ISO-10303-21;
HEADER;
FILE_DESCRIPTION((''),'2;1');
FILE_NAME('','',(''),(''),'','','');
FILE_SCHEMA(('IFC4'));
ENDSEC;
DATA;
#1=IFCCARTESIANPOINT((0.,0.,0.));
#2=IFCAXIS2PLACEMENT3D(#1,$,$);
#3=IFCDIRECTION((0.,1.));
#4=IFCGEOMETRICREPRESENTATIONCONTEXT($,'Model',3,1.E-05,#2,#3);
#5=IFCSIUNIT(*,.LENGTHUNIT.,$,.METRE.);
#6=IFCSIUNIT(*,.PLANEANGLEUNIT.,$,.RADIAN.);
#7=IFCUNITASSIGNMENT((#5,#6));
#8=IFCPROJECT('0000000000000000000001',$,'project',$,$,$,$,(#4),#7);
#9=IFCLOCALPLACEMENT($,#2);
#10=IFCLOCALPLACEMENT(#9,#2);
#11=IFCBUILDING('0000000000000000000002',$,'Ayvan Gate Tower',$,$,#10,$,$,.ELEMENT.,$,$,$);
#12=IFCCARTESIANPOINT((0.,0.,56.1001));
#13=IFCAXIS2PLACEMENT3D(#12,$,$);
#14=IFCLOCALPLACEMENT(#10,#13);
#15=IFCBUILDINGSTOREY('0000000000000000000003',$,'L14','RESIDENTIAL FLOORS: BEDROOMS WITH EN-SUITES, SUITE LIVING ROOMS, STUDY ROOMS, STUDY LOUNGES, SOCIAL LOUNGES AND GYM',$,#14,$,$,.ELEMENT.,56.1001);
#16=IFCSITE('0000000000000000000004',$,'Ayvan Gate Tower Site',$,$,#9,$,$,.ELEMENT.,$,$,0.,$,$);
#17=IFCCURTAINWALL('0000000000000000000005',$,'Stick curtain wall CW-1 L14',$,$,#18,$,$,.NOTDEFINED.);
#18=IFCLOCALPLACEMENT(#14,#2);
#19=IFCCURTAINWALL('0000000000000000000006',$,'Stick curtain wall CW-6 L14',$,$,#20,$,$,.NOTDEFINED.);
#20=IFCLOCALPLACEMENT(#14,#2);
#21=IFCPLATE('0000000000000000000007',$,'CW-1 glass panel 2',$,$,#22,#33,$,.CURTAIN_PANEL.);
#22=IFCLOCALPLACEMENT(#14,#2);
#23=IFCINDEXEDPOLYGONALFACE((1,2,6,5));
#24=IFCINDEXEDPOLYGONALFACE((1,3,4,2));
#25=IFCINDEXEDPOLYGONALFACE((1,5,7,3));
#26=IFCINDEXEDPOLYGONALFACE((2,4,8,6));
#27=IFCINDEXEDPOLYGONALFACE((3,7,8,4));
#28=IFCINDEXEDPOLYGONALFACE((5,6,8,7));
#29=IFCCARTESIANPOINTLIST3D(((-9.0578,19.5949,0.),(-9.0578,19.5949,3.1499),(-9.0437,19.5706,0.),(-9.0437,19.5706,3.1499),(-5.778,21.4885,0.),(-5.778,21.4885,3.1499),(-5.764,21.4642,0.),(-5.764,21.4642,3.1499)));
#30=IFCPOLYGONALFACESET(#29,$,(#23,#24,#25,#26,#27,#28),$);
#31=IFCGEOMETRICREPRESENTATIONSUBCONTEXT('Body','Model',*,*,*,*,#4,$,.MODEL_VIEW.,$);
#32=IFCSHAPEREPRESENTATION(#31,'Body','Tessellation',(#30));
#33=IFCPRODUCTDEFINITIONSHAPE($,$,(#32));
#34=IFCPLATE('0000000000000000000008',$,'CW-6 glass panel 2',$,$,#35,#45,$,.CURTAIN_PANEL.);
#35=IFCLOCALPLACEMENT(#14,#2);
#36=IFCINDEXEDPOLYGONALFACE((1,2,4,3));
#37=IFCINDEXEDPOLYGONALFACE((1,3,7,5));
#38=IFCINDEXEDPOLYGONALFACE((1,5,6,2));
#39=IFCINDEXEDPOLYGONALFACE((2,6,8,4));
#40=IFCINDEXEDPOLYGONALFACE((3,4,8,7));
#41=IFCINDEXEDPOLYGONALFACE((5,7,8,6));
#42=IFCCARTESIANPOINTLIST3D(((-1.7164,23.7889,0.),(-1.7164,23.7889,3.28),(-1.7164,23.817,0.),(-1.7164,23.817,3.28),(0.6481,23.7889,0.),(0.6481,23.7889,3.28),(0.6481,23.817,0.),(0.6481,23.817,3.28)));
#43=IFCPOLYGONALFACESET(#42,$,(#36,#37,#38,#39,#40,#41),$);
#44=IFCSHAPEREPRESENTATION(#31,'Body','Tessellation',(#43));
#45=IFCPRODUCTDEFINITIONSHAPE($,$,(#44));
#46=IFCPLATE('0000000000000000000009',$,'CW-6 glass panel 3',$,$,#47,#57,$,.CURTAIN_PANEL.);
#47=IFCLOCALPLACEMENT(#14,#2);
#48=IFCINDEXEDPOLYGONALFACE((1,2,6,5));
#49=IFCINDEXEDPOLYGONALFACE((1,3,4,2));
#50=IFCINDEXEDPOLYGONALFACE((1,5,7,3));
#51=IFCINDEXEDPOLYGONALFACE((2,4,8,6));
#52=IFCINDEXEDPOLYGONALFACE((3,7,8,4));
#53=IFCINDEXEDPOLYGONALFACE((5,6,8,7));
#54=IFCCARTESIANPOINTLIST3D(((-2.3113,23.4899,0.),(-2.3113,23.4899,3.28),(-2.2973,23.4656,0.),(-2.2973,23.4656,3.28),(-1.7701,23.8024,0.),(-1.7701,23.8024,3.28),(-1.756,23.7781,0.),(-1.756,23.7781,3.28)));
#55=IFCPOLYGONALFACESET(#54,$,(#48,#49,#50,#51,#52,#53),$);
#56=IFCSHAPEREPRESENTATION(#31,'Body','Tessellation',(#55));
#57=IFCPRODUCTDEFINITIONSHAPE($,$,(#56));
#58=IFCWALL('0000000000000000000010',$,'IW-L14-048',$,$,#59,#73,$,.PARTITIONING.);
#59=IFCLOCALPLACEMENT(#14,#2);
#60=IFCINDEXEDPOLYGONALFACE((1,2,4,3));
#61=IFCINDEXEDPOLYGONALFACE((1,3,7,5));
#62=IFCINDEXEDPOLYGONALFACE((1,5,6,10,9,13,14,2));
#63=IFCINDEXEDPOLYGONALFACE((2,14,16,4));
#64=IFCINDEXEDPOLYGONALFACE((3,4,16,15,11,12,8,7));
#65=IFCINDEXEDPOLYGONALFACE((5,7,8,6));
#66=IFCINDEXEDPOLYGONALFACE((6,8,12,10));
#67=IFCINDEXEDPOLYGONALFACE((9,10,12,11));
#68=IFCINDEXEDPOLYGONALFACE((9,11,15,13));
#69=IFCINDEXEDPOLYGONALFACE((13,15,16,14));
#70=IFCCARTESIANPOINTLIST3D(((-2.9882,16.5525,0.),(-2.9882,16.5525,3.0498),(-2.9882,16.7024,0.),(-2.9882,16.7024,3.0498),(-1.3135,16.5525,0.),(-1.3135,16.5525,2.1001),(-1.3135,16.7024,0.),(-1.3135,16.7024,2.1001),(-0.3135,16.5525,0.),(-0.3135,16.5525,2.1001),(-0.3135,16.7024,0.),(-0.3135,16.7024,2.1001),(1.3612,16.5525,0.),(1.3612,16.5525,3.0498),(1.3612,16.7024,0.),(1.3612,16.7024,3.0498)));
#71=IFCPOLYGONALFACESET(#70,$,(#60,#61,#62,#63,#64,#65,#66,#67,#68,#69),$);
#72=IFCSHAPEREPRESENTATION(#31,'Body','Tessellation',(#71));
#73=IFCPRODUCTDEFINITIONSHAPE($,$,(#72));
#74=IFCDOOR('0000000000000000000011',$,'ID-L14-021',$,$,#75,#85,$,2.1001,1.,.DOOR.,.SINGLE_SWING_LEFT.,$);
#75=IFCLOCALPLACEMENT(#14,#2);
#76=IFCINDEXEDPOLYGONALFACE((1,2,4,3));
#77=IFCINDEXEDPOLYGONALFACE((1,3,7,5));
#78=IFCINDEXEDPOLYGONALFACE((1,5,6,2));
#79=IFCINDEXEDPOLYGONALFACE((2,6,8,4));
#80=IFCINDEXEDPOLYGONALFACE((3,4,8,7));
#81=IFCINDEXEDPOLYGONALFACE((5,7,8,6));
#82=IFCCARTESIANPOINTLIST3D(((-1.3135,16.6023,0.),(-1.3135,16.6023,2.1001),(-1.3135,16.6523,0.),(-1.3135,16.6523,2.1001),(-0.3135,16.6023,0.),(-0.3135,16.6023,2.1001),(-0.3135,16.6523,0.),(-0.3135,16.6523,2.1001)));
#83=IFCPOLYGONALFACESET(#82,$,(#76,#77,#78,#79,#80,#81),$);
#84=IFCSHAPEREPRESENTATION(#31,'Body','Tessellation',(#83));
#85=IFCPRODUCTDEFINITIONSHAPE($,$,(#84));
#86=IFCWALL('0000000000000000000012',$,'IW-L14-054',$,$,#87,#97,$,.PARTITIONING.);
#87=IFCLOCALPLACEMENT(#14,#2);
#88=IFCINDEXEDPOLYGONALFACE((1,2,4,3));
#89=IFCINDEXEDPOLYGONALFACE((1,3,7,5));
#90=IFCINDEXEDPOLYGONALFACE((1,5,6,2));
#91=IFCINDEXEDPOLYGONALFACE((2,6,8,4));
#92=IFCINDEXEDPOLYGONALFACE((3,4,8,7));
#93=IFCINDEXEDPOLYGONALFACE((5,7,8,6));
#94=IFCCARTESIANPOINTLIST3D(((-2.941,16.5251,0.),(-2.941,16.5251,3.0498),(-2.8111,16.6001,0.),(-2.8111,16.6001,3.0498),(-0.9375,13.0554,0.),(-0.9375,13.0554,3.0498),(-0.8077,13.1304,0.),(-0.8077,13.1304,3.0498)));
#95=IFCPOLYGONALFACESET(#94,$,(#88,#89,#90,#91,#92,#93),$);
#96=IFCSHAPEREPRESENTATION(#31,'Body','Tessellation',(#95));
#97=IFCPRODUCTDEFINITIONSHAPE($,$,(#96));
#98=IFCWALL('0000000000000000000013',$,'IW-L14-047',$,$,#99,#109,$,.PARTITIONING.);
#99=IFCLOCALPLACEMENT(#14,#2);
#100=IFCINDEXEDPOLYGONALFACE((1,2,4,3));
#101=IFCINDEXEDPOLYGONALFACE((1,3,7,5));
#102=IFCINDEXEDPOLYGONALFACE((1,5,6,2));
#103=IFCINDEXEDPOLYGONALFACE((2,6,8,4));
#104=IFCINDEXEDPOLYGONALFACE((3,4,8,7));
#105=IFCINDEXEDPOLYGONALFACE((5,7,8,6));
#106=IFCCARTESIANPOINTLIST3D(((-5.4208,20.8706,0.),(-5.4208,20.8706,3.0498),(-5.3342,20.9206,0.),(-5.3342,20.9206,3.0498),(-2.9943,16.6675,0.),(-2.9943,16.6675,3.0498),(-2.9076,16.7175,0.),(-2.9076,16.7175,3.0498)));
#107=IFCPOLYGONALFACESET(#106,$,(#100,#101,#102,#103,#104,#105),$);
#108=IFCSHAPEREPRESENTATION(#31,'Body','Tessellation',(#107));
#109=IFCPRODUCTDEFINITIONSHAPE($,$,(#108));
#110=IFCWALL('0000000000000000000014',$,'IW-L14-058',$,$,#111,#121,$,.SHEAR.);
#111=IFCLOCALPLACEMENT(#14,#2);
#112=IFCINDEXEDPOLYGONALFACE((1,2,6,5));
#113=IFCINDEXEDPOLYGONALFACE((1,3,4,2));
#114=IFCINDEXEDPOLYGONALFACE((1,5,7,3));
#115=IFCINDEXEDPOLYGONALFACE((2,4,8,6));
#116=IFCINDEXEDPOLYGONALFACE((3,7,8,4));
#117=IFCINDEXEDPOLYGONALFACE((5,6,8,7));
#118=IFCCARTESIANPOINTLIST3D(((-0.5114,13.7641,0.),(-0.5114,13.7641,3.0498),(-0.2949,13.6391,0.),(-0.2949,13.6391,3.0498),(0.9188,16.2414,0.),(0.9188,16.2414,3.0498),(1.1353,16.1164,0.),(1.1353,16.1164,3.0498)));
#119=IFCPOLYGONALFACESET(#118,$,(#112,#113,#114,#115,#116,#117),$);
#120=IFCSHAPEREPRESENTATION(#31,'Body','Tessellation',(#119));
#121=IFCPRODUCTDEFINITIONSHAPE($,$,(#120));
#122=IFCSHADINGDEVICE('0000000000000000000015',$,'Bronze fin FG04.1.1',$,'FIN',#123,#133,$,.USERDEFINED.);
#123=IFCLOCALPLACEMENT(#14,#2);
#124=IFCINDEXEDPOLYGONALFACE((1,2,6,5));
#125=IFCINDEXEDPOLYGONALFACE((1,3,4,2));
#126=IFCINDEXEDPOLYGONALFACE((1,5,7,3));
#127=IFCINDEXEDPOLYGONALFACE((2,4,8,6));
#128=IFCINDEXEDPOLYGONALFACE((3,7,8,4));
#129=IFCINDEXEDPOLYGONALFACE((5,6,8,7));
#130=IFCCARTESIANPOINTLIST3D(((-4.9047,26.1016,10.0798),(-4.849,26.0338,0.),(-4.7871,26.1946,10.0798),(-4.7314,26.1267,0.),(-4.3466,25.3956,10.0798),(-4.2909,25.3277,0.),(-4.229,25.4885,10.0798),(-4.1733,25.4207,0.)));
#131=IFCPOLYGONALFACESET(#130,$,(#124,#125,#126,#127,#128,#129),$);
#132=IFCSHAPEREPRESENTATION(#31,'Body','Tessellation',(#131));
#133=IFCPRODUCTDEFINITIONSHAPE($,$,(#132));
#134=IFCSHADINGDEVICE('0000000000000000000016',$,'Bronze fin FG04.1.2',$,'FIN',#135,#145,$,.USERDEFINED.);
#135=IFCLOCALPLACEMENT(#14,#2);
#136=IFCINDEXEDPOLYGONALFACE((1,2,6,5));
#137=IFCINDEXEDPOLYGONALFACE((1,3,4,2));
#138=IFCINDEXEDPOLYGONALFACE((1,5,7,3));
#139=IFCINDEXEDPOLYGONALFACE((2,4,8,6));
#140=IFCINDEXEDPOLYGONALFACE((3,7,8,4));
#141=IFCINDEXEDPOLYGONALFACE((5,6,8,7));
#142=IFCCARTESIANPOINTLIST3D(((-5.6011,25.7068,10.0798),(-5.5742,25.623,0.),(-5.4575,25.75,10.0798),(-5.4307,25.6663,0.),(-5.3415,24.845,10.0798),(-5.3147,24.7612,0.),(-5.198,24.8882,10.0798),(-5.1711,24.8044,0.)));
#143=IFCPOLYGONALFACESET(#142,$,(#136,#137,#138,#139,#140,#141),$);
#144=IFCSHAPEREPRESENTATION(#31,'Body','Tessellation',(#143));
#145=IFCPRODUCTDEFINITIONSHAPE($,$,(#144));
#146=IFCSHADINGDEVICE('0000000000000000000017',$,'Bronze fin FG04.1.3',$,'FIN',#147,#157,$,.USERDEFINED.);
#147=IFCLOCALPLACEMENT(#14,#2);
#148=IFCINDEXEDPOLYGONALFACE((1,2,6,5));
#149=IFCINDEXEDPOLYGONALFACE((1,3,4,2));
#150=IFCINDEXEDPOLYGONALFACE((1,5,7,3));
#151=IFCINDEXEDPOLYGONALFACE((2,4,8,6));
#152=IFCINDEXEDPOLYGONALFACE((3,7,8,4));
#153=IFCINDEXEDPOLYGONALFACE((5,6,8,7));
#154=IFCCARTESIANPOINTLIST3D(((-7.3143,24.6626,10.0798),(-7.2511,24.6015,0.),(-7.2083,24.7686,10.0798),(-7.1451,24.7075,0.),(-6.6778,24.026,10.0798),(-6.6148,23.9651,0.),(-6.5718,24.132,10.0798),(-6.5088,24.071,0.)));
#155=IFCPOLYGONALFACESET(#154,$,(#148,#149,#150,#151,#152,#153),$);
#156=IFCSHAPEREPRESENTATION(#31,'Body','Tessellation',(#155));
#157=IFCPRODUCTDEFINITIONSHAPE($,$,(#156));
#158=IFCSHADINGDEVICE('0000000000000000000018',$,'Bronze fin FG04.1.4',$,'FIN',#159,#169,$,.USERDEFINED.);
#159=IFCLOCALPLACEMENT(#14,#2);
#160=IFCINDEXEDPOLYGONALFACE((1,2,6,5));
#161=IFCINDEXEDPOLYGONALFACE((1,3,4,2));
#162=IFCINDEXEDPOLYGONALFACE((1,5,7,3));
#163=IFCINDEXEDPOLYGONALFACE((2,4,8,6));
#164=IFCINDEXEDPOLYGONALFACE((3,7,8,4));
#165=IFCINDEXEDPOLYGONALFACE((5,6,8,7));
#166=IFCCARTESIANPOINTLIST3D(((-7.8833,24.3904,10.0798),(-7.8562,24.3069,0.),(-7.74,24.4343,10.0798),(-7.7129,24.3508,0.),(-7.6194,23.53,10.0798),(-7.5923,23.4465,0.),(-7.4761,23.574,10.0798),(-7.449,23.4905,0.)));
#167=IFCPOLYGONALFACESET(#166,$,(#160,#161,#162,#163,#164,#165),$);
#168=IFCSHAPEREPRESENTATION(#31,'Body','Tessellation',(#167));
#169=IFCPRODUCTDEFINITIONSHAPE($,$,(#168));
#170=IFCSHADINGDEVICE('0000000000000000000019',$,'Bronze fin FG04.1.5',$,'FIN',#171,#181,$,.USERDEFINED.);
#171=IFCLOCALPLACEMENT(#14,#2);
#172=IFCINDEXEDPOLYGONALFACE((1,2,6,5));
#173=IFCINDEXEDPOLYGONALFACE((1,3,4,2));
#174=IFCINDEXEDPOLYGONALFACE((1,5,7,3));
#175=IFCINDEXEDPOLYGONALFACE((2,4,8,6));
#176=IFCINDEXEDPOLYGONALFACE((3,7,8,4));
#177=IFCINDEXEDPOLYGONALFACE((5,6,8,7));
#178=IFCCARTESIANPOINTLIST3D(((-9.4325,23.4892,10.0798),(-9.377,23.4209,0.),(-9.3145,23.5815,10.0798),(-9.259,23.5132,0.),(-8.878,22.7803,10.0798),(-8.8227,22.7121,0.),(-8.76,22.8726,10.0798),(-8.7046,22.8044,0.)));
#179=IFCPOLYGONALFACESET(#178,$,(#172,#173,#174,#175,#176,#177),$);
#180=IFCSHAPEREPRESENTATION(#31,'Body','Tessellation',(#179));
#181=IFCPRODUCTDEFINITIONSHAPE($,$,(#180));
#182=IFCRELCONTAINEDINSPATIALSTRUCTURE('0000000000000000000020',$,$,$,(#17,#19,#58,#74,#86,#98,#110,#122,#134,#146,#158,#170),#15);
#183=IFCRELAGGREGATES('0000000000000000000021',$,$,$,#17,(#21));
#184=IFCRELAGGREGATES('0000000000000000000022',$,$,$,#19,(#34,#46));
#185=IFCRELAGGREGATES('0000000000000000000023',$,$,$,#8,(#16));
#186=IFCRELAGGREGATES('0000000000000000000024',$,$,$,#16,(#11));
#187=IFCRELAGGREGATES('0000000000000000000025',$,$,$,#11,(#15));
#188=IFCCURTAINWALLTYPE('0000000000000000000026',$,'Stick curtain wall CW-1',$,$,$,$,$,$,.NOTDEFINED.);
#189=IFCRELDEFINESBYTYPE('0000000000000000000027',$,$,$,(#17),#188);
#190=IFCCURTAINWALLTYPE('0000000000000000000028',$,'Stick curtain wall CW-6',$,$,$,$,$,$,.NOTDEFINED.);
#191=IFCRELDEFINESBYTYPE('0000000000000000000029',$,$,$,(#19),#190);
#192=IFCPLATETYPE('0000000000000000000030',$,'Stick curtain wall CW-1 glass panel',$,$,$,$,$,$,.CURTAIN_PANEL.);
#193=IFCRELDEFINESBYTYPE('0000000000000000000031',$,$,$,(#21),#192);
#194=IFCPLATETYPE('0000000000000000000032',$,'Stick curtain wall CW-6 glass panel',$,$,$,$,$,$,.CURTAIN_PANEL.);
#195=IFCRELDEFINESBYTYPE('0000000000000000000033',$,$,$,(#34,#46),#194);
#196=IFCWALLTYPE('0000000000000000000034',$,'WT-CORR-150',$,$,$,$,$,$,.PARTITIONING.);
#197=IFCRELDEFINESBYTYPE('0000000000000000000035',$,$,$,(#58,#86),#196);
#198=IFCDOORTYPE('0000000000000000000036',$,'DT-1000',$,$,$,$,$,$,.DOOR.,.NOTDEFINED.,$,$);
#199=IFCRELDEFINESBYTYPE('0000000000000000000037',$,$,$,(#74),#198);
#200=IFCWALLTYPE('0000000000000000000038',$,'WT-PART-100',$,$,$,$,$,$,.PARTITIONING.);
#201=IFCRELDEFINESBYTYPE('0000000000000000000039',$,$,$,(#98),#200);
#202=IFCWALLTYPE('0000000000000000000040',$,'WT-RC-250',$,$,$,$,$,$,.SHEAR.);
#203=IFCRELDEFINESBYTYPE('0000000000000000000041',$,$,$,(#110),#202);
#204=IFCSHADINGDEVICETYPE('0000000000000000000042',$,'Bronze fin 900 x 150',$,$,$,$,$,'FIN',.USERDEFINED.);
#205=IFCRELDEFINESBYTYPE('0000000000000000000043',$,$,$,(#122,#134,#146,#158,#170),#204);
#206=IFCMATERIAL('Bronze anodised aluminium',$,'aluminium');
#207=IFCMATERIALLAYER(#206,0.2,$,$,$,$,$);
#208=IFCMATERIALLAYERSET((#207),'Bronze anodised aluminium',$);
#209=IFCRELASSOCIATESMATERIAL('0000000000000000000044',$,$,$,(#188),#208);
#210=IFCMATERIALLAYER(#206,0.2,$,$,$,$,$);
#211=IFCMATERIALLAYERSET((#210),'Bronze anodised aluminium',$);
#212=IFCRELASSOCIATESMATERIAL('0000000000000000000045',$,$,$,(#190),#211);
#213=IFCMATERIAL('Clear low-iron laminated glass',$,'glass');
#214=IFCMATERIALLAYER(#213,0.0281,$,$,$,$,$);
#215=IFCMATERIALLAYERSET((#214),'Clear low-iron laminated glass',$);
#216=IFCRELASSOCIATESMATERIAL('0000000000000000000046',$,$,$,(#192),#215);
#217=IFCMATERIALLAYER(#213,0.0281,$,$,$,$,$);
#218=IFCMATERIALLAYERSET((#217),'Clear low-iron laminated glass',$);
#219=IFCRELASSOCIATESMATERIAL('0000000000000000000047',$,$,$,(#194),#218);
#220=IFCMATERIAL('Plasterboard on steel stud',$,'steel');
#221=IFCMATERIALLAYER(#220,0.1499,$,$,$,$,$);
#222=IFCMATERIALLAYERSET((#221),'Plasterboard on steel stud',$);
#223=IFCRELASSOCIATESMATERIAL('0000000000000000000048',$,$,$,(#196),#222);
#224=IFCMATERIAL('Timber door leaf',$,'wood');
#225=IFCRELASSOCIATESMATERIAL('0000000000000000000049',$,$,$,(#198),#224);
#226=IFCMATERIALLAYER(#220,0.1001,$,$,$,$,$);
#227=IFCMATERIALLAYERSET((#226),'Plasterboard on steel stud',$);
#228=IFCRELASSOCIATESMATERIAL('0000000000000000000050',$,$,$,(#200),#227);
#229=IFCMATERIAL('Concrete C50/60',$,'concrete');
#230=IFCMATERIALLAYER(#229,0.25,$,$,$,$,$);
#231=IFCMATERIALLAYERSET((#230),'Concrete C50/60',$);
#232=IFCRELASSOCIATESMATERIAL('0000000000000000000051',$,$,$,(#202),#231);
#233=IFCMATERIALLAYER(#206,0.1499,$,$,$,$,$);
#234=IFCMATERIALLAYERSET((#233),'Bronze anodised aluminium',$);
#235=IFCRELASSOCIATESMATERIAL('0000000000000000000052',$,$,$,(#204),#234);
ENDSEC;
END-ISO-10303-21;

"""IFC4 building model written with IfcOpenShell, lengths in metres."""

from ifc_helpers import new_model, si_unit, direction, frame, frame_2d, origin, origin_2d, place, context, subcontext, project, spatial, polyline, rectangle, outline, extrude, material, layer, layer_set, type_object, element, fill, aggregate, save


model = new_model("IFC4")

# Units and contexts
model_context = context("Model", 3, precision=1e-05, world=origin(), true_north=direction((0.0, 1.0)))
body_context = subcontext(model_context, "Body", "Model", "MODEL_VIEW")
ifc_project = project(units=[si_unit("LENGTHUNIT", "METRE"), si_unit("PLANEANGLEUNIT", "RADIAN")], contexts=[model_context])

# Site, building, storey
site_placement = place(None, origin())
site = spatial("IfcSite", under=ifc_project, at=site_placement, Name="Ayvan Gate Tower Site", CompositionType="ELEMENT", RefElevation=0.0)
building_placement = place(site_placement, origin())
building = spatial("IfcBuilding", under=site, at=building_placement, Name="Ayvan Gate Tower", CompositionType="ELEMENT")
storey_placement = place(building_placement, frame((0.0, 0.0, 56.1001)))
storey = spatial("IfcBuildingStorey", under=building, at=storey_placement, Name="L14", Description="RESIDENTIAL FLOORS: BEDROOMS WITH EN-SUITES, SUITE LIVING ROOMS, STUDY ROOMS, STUDY LOUNGES, SOCIAL LOUNGES AND GYM", CompositionType="ELEMENT", Elevation=56.1001)

# Curtain walls
ifc_material_1 = material(Name="Bronze anodised aluminium", Category="aluminium")
ifc_layer_1 = layer(ifc_material_1, 0.2)
ifc_layer_set_1 = layer_set([ifc_layer_1], Name="Bronze anodised aluminium")
curtain_wall_type_1 = type_object("IfcCurtainWallType", Name="Stick curtain wall CW-1", PredefinedType="NOTDEFINED", material=ifc_layer_set_1)
curtain_wall_1_placement = place(storey_placement, origin())
curtain_wall_1 = element("IfcCurtainWall", 1, at=curtain_wall_1_placement, inside=storey, type_object=curtain_wall_type_1, Name="Stick curtain wall CW-1 L14", PredefinedType="NOTDEFINED")
ifc_layer_2 = layer(ifc_material_1, 0.2)
ifc_layer_set_2 = layer_set([ifc_layer_2], Name="Bronze anodised aluminium")
curtain_wall_type_2 = type_object("IfcCurtainWallType", Name="Stick curtain wall CW-6", PredefinedType="NOTDEFINED", material=ifc_layer_set_2)
curtain_wall_2_placement = place(storey_placement, origin())
curtain_wall_2 = element("IfcCurtainWall", 2, at=curtain_wall_2_placement, inside=storey, type_object=curtain_wall_type_2, Name="Stick curtain wall CW-6 L14", PredefinedType="NOTDEFINED")

# Plates
ifc_material_2 = material(Name="Clear low-iron laminated glass", Category="glass")
ifc_layer_3 = layer(ifc_material_2, 0.0281)
ifc_layer_set_3 = layer_set([ifc_layer_3], Name="Clear low-iron laminated glass")
plate_type_1 = type_object("IfcPlateType", Name="Stick curtain wall CW-1 glass panel", PredefinedType="CURTAIN_PANEL", material=ifc_layer_set_3)
plate_1_placement = place(storey_placement, frame((-7.4109, 20.5295, 0.0), z_axis=(0.0, 0.0, 1.0), x_axis=(-0.866025, -0.5, 0.0)))
plate_1 = element("IfcPlate", 3, at=plate_1_placement, type_object=plate_type_1, Name="CW-1 glass panel 2", PredefinedType="CURTAIN_PANEL", context=body_context, shape_type="SweptSolid", body=[
    extrude(rectangle(XDim=3.7871, YDim=0.0281, at=origin_2d()), origin(), (0.0, 0.0, 1.0), 3.1499),
])
aggregate(curtain_wall_1, [plate_1])
ifc_layer_4 = layer(ifc_material_2, 0.0281)
ifc_layer_set_4 = layer_set([ifc_layer_4], Name="Clear low-iron laminated glass")
plate_type_2 = type_object("IfcPlateType", Name="Stick curtain wall CW-6 glass panel", PredefinedType="CURTAIN_PANEL", material=ifc_layer_set_4)
plate_2_placement = place(storey_placement, frame((-0.5342, 23.803, 0.0), z_axis=(0.0, 0.0, 1.0), x_axis=(-1.0, 0.0, 0.0)))
plate_2 = element("IfcPlate", 4, at=plate_2_placement, type_object=plate_type_2, Name="CW-6 glass panel 2", PredefinedType="CURTAIN_PANEL", context=body_context, shape_type="SweptSolid", body=[
    extrude(rectangle(XDim=2.3645, YDim=0.0281, at=origin_2d()), origin(), (0.0, 0.0, 1.0), 3.28),
])
plate_3_placement = place(storey_placement, frame((-2.0337, 23.634, 0.0), z_axis=(0.0, 0.0, 1.0), x_axis=(-0.866025, -0.5, 0.0)))
plate_3 = element("IfcPlate", 5, at=plate_3_placement, type_object=plate_type_2, Name="CW-6 glass panel 3", PredefinedType="CURTAIN_PANEL", context=body_context, shape_type="SweptSolid", body=[
    extrude(rectangle(XDim=0.625, YDim=0.0281, at=origin_2d()), origin(), (0.0, 0.0, 1.0), 3.28),
])
aggregate(curtain_wall_2, [plate_2, plate_3])

# Wall, opening, door
ifc_material_3 = material(Name="Plasterboard on steel stud", Category="steel")
ifc_layer_5 = layer(ifc_material_3, 0.1499)
ifc_layer_set_5 = layer_set([ifc_layer_5], Name="Plasterboard on steel stud")
wall_type_1 = type_object("IfcWallType", Name="WT-CORR-150", PredefinedType="PARTITIONING", material=ifc_layer_set_5)
wall_1_placement = place(storey_placement, frame((-2.9883, 16.6274, 0.0), z_axis=(0.0, 0.0, 1.0), x_axis=(1.0, 0.0, 0.0)))
wall_1 = element("IfcWall", 6, at=wall_1_placement, inside=storey, type_object=wall_type_1, Name="IW-L14-048", PredefinedType="PARTITIONING", context=body_context, shape_type="SweptSolid", body=[
    extrude(rectangle(XDim=4.3494, YDim=0.1499, at=frame_2d((2.1748, 0.0))), origin(), (0.0, 0.0, 1.0), 3.0498),
])
opening_placement = place(wall_1_placement, frame((1.6748, 0.0, 0.0)))
opening = element("IfcOpeningElement", 7, at=opening_placement, cuts=wall_1, PredefinedType="OPENING", context=body_context, shape_type="SweptSolid", body=[
    extrude(rectangle(XDim=1.0, YDim=2.1001, at=frame_2d((0.5, 1.05))), frame((0.0, 0.085, 0.0), z_axis=(0.0, -1.0, 0.0), x_axis=(1.0, 0.0, 0.0)), (0.0, 0.0, 1.0), 0.1699),
])
ifc_material_4 = material(Name="Timber door leaf", Category="wood")
door_type = type_object("IfcDoorType", Name="DT-1000", OperationType="NOTDEFINED", PredefinedType="DOOR", material=ifc_material_4)
door_placement = place(opening_placement, origin())
door = element("IfcDoor", 8, at=door_placement, inside=storey, type_object=door_type, Name="ID-L14-021", OperationType="SINGLE_SWING_LEFT", OverallHeight=2.1001, OverallWidth=1.0, PredefinedType="DOOR", context=body_context, shape_type="SweptSolid", body=[
    extrude(rectangle(XDim=1.0, YDim=2.1001, at=frame_2d((0.5, 1.05))), frame((0.0, 0.0249, 0.0), z_axis=(0.0, -1.0, 0.0), x_axis=(1.0, 0.0, 0.0)), (0.0, 0.0, 1.0), 0.05),
])
fill(opening, door)

# Walls
wall_2_placement = place(storey_placement, frame((-0.8726, 13.0928, 0.0), z_axis=(0.0, 0.0, 1.0), x_axis=(-0.500032, 0.866007, 0.0)))
element("IfcWall", 9, at=wall_2_placement, inside=storey, type_object=wall_type_1, Name="IW-L14-054", PredefinedType="PARTITIONING", context=body_context, shape_type="SweptSolid", body=[
    extrude(rectangle(XDim=4.0066, YDim=0.1499, at=frame_2d((2.0034, 0.0))), origin(), (0.0, 0.0, 1.0), 3.0498),
])
ifc_layer_6 = layer(ifc_material_3, 0.1001)
ifc_layer_set_6 = layer_set([ifc_layer_6], Name="Plasterboard on steel stud")
wall_type_2 = type_object("IfcWallType", Name="WT-PART-100", PredefinedType="PARTITIONING", material=ifc_layer_set_6)
wall_3_placement = place(storey_placement, frame((-2.9509, 16.6924, 0.0), z_axis=(0.0, 0.0, 1.0), x_axis=(-0.499975, 0.86604, 0.0)))
element("IfcWall", 10, at=wall_3_placement, inside=storey, type_object=wall_type_2, Name="IW-L14-047", PredefinedType="PARTITIONING", context=body_context, shape_type="SweptSolid", body=[
    extrude(rectangle(XDim=4.8533, YDim=0.1001, at=frame_2d((2.4268, 0.0))), origin(), (0.0, 0.0, 1.0), 3.0498),
])
ifc_material_5 = material(Name="Concrete C50/60", Category="concrete")
ifc_layer_7 = layer(ifc_material_5, 0.25)
ifc_layer_set_7 = layer_set([ifc_layer_7], Name="Concrete C50/60")
wall_type_3 = type_object("IfcWallType", Name="WT-RC-250", PredefinedType="SHEAR", material=ifc_layer_set_7)
wall_4_placement = place(storey_placement, frame((-0.4031, 13.7017, 0.0), z_axis=(0.0, 0.0, 1.0), x_axis=(0.499976, 0.866039, 0.0)))
element("IfcWall", 11, at=wall_4_placement, inside=storey, type_object=wall_type_3, Name="IW-L14-058", PredefinedType="SHEAR", context=body_context, shape_type="SweptSolid", body=[
    extrude(rectangle(XDim=2.8606, YDim=0.25, at=frame_2d((1.4302, 0.0))), origin(), (0.0, 0.0, 1.0), 3.0498),
])

# Shading devices
ifc_layer_8 = layer(ifc_material_1, 0.1499)
ifc_layer_set_8 = layer_set([ifc_layer_8], Name="Bronze anodised aluminium")
shading_device_type = type_object("IfcShadingDeviceType", Name="Bronze fin 900 x 150", ElementType="FIN", PredefinedType="USERDEFINED", material=ifc_layer_set_8)
shading_device_1_placement = place(storey_placement, frame((-4.1733, 25.4207, 0.0), z_axis=(0.784508, 0.620119, 0.000157), x_axis=(-0.620119, 0.784508, 0.0)))
element("IfcShadingDevice", 12, at=shading_device_1_placement, inside=storey, type_object=shading_device_type, Name="Bronze fin FG04.1.1", ObjectType="FIN", PredefinedType="USERDEFINED", context=body_context, shape_type="SweptSolid", body=[
    extrude(outline(polyline([(0.0, 0.0), (0.9, 0.0), (0.9878, 10.0798), (0.0878, 10.0798), (0.0, 0.0)])), origin(), (0.0, 0.0, -1.0), 0.1499),
])
shading_device_2_placement = place(storey_placement, frame((-5.1711, 24.8044, 0.0), z_axis=(0.957527, 0.288343, 0.000156), x_axis=(-0.288343, 0.957527, 0.0)))
element("IfcShadingDevice", 13, at=shading_device_2_placement, inside=storey, type_object=shading_device_type, Name="Bronze fin FG04.1.2", ObjectType="FIN", PredefinedType="USERDEFINED", context=body_context, shape_type="SweptSolid", body=[
    extrude(outline(polyline([(0.0, 0.0), (0.9, 0.0), (0.988, 10.0798), (0.0879, 10.0798), (0.0, 0.0)])), origin(), (0.0, 0.0, -1.0), 0.1499),
])
shading_device_3_placement = place(storey_placement, frame((-6.5088, 24.071, 0.0), z_axis=(0.707175, 0.707039, 0.000146), x_axis=(-0.707039, 0.707175, 0.0)))
element("IfcShadingDevice", 14, at=shading_device_3_placement, inside=storey, type_object=shading_device_type, Name="Bronze fin FG04.1.3", ObjectType="FIN", PredefinedType="USERDEFINED", context=body_context, shape_type="SweptSolid", body=[
    extrude(outline(polyline([(0.0, 0.0), (0.8999, 0.0), (0.9878, 10.0798), (0.0877, 10.0798), (0.0, 0.0)])), origin(), (0.0, 0.0, -1.0), 0.1499),
])
shading_device_4_placement = place(storey_placement, frame((-7.449, 23.4905, 0.0), z_axis=(0.956031, 0.293266, 0.000141), x_axis=(-0.293266, 0.956031, 0.0)))
element("IfcShadingDevice", 15, at=shading_device_4_placement, inside=storey, type_object=shading_device_type, Name="Bronze fin FG04.1.4", ObjectType="FIN", PredefinedType="USERDEFINED", context=body_context, shape_type="SweptSolid", body=[
    extrude(outline(polyline([(0.0, 0.0), (0.8999, 0.0), (0.9877, 10.0798), (0.0878, 10.0798), (0.0, 0.0)])), origin(), (0.0, 0.0, -1.0), 0.1499),
])
shading_device_5_placement = place(storey_placement, frame((-8.7046, 22.8044, 0.0), z_axis=(0.787677, 0.616089, 0.00016), x_axis=(-0.616089, 0.787677, 0.0)))
element("IfcShadingDevice", 16, at=shading_device_5_placement, inside=storey, type_object=shading_device_type, Name="Bronze fin FG04.1.5", ObjectType="FIN", PredefinedType="USERDEFINED", context=body_context, shape_type="SweptSolid", body=[
    extrude(outline(polyline([(0.0, 0.0), (0.8998, 0.0), (0.9878, 10.0798), (0.0878, 10.0798), (0.0, 0.0)])), origin(), (0.0, 0.0, -1.0), 0.1499),
])

save(model, "model.ifc")
